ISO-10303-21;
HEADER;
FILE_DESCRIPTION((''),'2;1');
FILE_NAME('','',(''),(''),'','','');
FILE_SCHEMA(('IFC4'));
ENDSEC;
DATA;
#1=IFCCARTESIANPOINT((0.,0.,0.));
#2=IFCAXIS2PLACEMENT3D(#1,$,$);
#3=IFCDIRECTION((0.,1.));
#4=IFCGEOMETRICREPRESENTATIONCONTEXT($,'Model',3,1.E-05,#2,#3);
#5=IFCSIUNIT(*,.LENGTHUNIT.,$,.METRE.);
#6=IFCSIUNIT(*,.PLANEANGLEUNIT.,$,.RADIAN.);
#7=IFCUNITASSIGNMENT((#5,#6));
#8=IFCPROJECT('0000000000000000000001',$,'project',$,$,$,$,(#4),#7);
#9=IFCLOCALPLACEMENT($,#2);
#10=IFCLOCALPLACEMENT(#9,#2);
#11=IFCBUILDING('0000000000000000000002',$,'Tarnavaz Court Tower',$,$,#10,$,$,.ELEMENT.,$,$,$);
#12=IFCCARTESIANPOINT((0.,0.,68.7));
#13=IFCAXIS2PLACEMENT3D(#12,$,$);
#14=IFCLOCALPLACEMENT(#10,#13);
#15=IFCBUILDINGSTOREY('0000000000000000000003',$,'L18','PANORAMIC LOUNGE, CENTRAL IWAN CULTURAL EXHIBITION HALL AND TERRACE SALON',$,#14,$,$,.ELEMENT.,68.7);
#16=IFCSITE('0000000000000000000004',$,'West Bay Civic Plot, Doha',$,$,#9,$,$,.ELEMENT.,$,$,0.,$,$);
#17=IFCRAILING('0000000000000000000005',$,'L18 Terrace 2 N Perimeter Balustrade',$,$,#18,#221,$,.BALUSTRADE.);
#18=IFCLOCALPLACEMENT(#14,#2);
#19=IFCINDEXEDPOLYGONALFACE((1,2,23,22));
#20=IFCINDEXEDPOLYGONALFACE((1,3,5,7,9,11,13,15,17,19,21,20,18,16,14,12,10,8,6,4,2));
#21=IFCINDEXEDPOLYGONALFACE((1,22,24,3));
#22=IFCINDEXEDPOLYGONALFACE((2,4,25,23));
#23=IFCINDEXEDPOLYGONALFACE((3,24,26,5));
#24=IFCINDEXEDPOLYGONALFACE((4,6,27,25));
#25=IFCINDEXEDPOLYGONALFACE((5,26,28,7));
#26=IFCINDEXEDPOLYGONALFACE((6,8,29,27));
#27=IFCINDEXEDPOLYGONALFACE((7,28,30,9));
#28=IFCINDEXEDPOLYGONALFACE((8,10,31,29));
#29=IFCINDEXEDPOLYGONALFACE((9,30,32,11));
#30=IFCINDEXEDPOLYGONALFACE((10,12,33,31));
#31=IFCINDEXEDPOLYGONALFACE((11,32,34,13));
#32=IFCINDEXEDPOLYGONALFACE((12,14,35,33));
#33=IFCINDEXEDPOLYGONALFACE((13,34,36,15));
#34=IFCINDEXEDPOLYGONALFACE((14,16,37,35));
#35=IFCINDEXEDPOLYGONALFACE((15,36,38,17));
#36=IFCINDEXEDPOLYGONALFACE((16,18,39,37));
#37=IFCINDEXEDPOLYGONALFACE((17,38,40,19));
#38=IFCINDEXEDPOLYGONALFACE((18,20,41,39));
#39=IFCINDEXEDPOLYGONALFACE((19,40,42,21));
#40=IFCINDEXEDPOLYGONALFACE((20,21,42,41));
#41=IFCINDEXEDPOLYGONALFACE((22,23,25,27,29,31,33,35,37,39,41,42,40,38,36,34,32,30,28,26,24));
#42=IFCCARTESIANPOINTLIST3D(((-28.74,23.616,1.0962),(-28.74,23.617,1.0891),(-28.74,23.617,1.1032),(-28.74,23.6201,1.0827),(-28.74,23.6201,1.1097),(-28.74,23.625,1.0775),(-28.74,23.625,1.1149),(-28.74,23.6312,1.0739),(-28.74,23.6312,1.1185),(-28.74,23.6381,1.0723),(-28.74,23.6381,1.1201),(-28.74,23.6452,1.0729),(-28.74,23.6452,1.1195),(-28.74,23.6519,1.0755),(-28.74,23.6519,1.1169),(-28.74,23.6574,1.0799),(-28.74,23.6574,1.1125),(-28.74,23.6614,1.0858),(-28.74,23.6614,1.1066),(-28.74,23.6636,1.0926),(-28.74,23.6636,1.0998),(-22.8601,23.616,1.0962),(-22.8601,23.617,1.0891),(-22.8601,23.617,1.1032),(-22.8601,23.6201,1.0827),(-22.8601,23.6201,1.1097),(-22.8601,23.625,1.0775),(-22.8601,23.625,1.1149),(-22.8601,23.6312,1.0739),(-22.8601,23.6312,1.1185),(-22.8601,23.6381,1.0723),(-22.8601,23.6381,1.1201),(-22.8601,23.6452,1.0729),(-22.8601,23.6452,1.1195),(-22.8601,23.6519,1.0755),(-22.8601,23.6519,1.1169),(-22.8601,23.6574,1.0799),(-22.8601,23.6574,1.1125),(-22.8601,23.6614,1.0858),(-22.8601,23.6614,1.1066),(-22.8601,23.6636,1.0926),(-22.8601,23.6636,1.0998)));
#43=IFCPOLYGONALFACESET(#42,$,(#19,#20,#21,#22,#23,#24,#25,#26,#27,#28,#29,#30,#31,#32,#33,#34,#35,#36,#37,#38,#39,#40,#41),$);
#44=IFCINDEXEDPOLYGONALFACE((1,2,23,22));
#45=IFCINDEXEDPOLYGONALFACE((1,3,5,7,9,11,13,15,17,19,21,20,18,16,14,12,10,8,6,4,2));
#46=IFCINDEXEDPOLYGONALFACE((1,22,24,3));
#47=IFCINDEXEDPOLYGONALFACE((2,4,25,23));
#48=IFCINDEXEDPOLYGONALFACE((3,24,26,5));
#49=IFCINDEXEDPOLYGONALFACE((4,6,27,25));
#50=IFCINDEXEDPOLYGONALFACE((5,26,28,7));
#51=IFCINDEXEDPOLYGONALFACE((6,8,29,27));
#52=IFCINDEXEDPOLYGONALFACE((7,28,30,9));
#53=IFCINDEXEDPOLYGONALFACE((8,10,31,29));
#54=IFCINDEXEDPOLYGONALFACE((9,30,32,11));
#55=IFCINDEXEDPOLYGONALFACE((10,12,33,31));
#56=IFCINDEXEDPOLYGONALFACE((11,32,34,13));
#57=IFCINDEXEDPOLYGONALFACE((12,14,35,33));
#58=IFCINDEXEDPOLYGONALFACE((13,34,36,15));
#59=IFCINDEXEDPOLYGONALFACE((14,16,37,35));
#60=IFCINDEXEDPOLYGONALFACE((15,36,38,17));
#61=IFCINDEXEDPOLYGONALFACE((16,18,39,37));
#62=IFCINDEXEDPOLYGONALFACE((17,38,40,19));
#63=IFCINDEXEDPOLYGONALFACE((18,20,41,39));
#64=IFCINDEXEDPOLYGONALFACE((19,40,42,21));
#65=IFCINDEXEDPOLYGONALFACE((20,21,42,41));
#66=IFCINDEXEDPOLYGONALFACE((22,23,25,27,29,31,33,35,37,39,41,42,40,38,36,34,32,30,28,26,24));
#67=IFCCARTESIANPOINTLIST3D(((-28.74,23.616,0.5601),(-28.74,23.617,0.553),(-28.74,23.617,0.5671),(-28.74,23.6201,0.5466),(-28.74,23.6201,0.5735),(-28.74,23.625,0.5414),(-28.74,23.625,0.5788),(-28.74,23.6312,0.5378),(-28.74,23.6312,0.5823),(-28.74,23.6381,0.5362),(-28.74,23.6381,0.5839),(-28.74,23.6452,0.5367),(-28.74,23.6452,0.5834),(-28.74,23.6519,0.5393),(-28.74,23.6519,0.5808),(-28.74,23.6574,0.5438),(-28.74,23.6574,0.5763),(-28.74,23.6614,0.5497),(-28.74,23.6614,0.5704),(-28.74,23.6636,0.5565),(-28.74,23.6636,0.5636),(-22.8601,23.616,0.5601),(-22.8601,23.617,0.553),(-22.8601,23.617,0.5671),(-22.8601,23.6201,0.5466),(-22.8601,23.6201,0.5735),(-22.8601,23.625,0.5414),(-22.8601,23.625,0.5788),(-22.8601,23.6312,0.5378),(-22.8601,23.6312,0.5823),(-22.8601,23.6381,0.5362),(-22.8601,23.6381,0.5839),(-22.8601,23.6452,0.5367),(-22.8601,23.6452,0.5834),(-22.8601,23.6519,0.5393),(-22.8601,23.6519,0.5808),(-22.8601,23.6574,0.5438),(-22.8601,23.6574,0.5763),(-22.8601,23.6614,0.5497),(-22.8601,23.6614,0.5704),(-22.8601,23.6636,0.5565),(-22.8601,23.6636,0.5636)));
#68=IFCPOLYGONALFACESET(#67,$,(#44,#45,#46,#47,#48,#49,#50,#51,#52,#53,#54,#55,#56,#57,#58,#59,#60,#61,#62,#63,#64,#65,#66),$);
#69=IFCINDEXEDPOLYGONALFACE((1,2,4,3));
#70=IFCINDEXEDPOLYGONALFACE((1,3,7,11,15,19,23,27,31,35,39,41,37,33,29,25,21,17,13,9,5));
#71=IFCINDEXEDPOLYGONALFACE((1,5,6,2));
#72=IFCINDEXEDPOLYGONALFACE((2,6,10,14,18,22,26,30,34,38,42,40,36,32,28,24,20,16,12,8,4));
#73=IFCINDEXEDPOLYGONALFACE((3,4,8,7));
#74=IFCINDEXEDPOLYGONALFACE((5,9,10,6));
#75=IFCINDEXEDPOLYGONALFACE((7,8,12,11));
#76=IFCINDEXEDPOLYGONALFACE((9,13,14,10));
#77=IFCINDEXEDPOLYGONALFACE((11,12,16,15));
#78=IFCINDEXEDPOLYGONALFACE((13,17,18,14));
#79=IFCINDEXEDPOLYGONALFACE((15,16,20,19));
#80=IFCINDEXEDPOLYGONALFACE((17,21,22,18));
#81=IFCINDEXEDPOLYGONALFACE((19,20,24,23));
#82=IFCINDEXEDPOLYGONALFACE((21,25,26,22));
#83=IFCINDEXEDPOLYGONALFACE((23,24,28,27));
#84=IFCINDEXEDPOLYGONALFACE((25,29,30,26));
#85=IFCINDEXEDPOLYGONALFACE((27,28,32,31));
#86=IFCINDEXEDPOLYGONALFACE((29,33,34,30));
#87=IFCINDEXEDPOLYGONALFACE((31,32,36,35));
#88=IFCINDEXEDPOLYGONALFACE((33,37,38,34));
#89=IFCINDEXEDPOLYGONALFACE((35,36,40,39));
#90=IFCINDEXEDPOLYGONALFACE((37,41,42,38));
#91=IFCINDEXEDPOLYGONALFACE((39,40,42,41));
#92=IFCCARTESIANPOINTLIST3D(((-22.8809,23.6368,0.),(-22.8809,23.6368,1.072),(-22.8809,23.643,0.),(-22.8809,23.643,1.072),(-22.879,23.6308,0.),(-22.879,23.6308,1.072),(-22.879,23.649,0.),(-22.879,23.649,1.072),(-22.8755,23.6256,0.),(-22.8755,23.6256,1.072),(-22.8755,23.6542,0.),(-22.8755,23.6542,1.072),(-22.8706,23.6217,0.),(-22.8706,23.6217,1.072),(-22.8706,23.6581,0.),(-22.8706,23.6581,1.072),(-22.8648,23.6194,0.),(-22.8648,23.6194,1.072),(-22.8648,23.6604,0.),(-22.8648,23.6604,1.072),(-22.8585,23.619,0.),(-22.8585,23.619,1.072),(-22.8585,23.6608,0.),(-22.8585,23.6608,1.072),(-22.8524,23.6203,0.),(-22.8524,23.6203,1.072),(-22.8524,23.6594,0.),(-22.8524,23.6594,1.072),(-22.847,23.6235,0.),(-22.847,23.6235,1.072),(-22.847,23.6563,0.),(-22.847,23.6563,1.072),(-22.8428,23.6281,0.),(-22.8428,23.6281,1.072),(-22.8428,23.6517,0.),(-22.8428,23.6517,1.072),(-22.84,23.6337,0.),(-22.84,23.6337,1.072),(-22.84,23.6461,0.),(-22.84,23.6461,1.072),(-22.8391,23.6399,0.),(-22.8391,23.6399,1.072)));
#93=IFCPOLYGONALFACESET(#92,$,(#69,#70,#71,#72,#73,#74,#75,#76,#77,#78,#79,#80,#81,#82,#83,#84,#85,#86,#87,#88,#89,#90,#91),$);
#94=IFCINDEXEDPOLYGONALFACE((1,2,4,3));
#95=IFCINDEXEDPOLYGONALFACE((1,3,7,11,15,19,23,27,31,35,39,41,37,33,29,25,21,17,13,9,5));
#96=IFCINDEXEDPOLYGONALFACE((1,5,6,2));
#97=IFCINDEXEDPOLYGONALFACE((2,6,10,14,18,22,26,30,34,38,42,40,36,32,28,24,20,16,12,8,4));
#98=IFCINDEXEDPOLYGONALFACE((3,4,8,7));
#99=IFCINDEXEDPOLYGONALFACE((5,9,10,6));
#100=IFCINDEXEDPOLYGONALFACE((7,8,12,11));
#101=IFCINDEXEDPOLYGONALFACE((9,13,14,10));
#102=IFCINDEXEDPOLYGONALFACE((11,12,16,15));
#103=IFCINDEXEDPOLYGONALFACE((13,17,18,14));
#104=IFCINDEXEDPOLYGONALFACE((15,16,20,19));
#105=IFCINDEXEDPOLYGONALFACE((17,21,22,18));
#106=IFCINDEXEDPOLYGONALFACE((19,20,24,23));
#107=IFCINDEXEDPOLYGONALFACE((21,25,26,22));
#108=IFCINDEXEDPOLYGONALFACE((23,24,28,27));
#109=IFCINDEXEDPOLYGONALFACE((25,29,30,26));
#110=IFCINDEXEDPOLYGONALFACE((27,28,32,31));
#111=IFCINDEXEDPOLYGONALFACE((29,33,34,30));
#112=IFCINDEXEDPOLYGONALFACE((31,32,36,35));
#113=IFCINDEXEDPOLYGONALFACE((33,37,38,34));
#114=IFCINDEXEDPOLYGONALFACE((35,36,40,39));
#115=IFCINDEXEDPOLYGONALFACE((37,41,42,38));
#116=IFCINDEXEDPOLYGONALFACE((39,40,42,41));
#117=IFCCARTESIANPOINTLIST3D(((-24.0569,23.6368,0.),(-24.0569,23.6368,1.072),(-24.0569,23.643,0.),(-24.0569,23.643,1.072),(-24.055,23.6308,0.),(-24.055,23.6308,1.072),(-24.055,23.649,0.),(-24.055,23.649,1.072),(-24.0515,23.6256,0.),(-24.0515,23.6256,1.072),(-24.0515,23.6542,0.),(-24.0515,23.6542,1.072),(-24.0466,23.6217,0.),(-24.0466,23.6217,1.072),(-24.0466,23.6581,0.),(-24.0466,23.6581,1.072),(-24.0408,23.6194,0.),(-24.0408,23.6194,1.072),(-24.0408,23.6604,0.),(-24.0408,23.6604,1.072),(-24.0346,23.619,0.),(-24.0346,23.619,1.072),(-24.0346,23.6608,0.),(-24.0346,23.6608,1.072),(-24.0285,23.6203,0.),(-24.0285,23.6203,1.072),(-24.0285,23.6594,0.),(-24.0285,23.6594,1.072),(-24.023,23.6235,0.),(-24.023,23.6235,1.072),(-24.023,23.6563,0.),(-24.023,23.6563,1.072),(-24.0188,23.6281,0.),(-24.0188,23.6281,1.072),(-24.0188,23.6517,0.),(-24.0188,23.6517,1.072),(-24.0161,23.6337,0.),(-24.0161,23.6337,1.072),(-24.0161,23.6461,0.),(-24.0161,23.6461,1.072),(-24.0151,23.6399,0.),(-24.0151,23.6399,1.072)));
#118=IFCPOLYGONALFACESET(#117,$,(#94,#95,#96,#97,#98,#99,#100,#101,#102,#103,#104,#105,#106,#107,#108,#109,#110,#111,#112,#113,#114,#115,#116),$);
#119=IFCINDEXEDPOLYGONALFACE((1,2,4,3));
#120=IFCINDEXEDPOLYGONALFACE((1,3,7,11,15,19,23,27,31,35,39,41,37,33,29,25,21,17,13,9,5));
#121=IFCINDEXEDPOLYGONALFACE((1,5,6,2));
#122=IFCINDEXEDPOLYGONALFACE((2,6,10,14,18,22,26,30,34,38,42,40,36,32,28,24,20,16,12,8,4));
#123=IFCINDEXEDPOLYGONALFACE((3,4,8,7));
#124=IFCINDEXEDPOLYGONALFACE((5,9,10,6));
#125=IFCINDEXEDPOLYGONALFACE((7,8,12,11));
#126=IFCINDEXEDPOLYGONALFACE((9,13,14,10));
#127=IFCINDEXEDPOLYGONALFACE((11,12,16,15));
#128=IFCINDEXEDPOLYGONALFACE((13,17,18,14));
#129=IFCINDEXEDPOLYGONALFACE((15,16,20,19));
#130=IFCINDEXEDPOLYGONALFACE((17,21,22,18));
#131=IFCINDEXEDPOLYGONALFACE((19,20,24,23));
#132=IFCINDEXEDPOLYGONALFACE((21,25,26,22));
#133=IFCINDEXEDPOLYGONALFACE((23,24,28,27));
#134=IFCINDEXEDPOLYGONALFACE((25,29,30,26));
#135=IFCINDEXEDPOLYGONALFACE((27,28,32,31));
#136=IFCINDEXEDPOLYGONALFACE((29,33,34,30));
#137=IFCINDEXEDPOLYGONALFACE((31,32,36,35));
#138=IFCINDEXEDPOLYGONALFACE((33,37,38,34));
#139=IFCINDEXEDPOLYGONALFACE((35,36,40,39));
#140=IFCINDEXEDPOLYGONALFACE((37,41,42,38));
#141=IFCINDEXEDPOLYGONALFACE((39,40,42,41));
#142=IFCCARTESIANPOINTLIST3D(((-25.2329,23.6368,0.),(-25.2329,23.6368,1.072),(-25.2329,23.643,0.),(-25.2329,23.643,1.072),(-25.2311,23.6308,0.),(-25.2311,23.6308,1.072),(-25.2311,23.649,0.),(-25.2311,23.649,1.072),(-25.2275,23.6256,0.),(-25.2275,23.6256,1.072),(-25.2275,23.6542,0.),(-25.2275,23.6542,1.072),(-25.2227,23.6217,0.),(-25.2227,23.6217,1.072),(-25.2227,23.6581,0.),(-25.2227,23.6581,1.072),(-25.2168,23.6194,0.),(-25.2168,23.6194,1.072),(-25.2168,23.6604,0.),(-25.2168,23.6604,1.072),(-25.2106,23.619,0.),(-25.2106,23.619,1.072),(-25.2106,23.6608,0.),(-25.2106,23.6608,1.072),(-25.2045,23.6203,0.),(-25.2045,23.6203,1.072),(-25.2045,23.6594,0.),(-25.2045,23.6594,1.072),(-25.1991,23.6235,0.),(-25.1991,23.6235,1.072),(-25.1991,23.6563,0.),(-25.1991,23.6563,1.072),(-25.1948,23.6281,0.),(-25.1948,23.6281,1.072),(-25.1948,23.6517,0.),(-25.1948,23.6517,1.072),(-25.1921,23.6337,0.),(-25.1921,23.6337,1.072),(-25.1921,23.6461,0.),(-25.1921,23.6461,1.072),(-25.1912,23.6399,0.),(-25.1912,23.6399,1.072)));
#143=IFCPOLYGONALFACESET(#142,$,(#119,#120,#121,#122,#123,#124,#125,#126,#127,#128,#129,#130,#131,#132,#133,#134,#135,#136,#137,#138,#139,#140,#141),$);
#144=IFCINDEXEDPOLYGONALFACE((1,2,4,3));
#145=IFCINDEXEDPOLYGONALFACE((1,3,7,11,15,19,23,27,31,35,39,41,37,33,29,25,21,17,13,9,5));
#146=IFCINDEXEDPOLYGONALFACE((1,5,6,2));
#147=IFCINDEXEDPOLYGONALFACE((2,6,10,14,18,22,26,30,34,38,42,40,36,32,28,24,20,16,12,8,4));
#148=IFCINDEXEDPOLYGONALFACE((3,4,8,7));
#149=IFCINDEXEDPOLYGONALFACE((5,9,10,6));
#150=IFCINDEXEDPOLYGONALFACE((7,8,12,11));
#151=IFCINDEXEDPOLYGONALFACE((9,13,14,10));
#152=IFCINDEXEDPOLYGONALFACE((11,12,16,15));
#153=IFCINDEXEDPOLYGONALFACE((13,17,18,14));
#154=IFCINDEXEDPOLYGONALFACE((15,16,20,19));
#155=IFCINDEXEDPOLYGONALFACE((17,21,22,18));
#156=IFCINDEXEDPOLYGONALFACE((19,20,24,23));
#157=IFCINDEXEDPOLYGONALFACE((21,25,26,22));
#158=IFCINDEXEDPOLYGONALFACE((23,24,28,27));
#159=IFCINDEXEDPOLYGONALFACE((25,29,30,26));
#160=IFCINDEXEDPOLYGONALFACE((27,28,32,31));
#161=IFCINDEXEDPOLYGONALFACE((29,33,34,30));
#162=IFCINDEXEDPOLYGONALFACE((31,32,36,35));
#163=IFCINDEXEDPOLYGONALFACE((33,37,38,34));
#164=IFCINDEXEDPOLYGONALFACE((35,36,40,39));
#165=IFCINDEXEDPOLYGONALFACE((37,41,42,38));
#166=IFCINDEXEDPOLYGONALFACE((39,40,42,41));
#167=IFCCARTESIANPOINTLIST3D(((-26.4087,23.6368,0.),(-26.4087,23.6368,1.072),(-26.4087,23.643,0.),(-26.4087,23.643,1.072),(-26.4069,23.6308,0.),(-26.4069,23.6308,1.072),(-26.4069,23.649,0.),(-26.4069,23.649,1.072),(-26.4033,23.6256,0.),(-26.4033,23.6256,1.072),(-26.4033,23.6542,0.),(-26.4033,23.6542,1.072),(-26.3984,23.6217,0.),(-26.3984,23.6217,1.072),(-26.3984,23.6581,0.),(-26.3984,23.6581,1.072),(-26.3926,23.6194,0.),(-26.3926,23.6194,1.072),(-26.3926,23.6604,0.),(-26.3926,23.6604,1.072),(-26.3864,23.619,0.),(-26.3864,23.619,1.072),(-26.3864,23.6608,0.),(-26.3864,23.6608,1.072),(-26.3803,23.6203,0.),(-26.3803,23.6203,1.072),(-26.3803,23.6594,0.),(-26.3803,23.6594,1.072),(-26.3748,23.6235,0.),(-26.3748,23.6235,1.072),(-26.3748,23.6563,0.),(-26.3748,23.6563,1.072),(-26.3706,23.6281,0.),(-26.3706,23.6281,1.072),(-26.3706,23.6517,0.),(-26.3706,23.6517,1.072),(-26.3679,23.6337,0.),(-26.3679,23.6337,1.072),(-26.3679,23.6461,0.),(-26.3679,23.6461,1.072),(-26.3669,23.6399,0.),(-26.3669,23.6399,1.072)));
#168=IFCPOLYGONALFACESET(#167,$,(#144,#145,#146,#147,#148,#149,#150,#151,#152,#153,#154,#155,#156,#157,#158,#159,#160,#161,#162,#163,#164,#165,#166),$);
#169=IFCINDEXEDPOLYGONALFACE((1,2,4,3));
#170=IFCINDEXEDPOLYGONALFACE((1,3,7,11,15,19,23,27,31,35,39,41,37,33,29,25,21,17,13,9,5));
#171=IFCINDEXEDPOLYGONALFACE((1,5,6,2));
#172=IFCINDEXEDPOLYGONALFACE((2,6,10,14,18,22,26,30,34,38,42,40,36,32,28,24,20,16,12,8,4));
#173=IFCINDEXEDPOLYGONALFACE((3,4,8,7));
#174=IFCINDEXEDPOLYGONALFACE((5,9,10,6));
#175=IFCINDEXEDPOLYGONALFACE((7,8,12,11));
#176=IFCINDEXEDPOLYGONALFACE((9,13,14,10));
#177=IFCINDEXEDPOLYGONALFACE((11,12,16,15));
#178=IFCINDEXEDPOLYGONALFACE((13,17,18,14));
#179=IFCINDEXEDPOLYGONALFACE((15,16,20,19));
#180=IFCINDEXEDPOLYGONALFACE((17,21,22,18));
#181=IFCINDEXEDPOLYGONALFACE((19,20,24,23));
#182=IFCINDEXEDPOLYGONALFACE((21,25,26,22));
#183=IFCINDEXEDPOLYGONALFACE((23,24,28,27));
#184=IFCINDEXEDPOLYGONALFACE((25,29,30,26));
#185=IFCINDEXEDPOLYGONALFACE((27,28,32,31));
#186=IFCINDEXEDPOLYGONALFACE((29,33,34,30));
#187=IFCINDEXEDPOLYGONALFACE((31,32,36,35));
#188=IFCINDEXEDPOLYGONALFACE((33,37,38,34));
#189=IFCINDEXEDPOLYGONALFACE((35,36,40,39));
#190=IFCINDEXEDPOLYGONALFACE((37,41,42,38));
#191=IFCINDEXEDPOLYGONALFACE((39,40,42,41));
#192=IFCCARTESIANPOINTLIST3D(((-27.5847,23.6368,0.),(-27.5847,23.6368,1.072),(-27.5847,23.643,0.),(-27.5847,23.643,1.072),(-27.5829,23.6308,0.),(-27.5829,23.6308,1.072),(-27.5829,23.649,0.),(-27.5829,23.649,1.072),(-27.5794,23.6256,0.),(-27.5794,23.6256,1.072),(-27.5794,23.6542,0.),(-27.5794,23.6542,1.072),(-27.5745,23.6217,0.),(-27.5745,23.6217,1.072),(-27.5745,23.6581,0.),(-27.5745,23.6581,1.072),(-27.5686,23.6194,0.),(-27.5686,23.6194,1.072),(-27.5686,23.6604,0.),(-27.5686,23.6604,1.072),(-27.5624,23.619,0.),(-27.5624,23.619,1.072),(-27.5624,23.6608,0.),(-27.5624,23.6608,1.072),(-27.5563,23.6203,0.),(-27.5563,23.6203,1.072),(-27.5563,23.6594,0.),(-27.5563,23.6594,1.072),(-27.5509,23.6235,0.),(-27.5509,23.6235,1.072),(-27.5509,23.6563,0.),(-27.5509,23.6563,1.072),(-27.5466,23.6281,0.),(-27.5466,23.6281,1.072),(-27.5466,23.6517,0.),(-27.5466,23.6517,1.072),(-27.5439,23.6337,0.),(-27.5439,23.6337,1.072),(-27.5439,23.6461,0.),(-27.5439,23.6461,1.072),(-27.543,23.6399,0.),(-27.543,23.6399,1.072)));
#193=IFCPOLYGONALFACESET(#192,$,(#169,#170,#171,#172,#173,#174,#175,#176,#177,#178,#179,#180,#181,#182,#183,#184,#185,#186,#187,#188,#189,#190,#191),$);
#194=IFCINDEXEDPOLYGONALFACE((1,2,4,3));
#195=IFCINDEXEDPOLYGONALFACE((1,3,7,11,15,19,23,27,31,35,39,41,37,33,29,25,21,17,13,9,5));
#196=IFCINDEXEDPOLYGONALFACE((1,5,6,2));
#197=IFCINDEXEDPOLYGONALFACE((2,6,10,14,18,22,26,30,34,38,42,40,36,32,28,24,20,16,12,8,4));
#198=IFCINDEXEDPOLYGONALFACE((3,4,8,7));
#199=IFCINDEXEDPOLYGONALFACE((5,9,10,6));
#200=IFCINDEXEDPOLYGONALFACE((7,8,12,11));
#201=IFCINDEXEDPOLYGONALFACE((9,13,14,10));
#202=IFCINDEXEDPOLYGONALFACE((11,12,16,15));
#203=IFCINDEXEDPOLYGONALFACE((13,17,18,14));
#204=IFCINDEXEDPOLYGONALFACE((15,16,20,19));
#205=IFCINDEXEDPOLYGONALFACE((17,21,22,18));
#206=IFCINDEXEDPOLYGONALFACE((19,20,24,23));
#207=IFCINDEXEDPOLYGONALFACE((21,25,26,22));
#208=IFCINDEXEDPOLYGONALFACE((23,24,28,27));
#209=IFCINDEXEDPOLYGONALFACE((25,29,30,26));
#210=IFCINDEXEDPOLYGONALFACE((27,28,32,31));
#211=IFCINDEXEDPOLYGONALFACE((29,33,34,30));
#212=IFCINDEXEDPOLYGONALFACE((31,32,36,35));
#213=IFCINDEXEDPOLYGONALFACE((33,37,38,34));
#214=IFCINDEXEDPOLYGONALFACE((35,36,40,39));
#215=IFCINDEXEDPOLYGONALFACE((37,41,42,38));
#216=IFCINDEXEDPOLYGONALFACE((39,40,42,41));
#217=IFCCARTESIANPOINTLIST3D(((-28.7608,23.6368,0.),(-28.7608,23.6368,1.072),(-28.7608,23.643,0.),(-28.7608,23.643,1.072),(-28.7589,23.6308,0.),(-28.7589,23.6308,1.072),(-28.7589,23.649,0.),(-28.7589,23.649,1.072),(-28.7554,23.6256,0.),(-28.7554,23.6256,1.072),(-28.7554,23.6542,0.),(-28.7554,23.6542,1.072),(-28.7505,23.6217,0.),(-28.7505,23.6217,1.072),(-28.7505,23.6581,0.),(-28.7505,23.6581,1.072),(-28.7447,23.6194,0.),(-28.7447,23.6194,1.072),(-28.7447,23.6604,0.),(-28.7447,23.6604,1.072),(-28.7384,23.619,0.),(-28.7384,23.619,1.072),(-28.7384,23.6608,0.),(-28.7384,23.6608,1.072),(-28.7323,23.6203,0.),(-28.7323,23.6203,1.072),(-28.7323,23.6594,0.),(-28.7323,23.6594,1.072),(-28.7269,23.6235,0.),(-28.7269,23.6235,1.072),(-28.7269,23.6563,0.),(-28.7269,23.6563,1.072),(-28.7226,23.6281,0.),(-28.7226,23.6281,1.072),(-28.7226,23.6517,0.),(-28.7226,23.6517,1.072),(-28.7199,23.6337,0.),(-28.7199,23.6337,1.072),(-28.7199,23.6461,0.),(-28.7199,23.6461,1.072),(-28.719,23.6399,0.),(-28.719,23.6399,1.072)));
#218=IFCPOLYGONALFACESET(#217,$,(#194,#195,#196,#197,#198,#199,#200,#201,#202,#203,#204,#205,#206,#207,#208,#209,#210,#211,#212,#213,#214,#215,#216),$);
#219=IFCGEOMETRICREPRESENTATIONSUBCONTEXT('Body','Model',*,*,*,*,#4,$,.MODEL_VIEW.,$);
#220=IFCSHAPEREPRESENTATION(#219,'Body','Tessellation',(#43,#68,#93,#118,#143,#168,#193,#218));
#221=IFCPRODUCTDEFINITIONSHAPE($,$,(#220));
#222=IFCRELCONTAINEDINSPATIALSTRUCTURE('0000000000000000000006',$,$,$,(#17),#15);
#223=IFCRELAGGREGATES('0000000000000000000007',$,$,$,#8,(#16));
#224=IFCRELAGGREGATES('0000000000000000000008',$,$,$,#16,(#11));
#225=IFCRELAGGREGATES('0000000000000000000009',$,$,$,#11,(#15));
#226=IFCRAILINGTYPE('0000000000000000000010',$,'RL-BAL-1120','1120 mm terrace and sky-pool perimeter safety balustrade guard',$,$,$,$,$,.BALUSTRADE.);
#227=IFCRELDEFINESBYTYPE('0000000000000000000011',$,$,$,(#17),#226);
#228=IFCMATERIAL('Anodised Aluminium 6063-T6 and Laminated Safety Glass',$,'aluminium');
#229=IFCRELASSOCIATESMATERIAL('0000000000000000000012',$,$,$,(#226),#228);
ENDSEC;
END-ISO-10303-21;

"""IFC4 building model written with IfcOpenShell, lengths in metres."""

from ifc_helpers import new_model, si_unit, direction, frame, origin, origin_2d, place, context, subcontext, project, spatial, circle, extrude, material, type_object, element, save


model = new_model("IFC4")

# Units and contexts
model_context = context("Model", 3, precision=1e-05, world=origin(), true_north=direction((0.0, 1.0)))
body_context = subcontext(model_context, "Body", "Model", "MODEL_VIEW")
ifc_project = project(units=[si_unit("LENGTHUNIT", "METRE"), si_unit("PLANEANGLEUNIT", "RADIAN")], contexts=[model_context])

# Site, building, storey
site_placement = place(None, origin())
site = spatial("IfcSite", under=ifc_project, at=site_placement, Name="West Bay Civic Plot, Doha", CompositionType="ELEMENT", RefElevation=0.0)
building_placement = place(site_placement, origin())
building = spatial("IfcBuilding", under=site, at=building_placement, Name="Tarnavaz Court Tower", CompositionType="ELEMENT")
storey_placement = place(building_placement, frame((0.0, 0.0, 68.7)))
storey = spatial("IfcBuildingStorey", under=building, at=storey_placement, Name="L18", Description="PANORAMIC LOUNGE, CENTRAL IWAN CULTURAL EXHIBITION HALL AND TERRACE SALON", CompositionType="ELEMENT", Elevation=68.7)

# Railing
ifc_material_1 = material(Name="Anodised Aluminium 6063-T6 and Laminated Safety Glass", Category="aluminium")
railing_type = type_object("IfcRailingType", Name="RL-BAL-1120", Description="1120 mm terrace and sky-pool perimeter safety balustrade guard", PredefinedType="BALUSTRADE", material=ifc_material_1)
railing_1_placement = place(storey_placement, frame((-22.8601, 23.6399, 0.0)))
element("IfcRailing", 1, at=railing_1_placement, inside=storey, type_object=railing_type, Name="L18 Terrace 2 N Perimeter Balustrade", PredefinedType="BALUSTRADE", context=body_context, shape_type="SweptSolid", body=[
    extrude(circle(Radius=0.0239, at=origin_2d()), frame((0.0, 0.0, 1.0962), z_axis=(-1.0, 0.0, 0.0), x_axis=(0.0, -1.0, 0.0)), (0.0, 0.0, 1.0), 5.8799),
    extrude(circle(Radius=0.0239, at=origin_2d()), frame((0.0, 0.0, 0.5601), z_axis=(-1.0, 0.0, 0.0), x_axis=(0.0, -1.0, 0.0)), (0.0, 0.0, 1.0), 5.8799),
    extrude(circle(Radius=0.021, at=origin_2d()), origin(), (0.0, 0.0, 1.0), 1.072),
    extrude(circle(Radius=0.021, at=origin_2d()), frame((-1.176, 0.0, 0.0)), (0.0, 0.0, 1.0), 1.072),
    extrude(circle(Radius=0.021, at=origin_2d()), frame((-2.3521, 0.0, 0.0)), (0.0, 0.0, 1.0), 1.072),
    extrude(circle(Radius=0.021, at=origin_2d()), frame((-3.5278, 0.0, 0.0)), (0.0, 0.0, 1.0), 1.072),
    extrude(circle(Radius=0.021, at=origin_2d()), frame((-4.7039, 0.0, 0.0)), (0.0, 0.0, 1.0), 1.072),
    extrude(circle(Radius=0.021, at=origin_2d()), frame((-5.8799, 0.0, 0.0)), (0.0, 0.0, 1.0), 1.072),
])

save(model, "model.ifc")
